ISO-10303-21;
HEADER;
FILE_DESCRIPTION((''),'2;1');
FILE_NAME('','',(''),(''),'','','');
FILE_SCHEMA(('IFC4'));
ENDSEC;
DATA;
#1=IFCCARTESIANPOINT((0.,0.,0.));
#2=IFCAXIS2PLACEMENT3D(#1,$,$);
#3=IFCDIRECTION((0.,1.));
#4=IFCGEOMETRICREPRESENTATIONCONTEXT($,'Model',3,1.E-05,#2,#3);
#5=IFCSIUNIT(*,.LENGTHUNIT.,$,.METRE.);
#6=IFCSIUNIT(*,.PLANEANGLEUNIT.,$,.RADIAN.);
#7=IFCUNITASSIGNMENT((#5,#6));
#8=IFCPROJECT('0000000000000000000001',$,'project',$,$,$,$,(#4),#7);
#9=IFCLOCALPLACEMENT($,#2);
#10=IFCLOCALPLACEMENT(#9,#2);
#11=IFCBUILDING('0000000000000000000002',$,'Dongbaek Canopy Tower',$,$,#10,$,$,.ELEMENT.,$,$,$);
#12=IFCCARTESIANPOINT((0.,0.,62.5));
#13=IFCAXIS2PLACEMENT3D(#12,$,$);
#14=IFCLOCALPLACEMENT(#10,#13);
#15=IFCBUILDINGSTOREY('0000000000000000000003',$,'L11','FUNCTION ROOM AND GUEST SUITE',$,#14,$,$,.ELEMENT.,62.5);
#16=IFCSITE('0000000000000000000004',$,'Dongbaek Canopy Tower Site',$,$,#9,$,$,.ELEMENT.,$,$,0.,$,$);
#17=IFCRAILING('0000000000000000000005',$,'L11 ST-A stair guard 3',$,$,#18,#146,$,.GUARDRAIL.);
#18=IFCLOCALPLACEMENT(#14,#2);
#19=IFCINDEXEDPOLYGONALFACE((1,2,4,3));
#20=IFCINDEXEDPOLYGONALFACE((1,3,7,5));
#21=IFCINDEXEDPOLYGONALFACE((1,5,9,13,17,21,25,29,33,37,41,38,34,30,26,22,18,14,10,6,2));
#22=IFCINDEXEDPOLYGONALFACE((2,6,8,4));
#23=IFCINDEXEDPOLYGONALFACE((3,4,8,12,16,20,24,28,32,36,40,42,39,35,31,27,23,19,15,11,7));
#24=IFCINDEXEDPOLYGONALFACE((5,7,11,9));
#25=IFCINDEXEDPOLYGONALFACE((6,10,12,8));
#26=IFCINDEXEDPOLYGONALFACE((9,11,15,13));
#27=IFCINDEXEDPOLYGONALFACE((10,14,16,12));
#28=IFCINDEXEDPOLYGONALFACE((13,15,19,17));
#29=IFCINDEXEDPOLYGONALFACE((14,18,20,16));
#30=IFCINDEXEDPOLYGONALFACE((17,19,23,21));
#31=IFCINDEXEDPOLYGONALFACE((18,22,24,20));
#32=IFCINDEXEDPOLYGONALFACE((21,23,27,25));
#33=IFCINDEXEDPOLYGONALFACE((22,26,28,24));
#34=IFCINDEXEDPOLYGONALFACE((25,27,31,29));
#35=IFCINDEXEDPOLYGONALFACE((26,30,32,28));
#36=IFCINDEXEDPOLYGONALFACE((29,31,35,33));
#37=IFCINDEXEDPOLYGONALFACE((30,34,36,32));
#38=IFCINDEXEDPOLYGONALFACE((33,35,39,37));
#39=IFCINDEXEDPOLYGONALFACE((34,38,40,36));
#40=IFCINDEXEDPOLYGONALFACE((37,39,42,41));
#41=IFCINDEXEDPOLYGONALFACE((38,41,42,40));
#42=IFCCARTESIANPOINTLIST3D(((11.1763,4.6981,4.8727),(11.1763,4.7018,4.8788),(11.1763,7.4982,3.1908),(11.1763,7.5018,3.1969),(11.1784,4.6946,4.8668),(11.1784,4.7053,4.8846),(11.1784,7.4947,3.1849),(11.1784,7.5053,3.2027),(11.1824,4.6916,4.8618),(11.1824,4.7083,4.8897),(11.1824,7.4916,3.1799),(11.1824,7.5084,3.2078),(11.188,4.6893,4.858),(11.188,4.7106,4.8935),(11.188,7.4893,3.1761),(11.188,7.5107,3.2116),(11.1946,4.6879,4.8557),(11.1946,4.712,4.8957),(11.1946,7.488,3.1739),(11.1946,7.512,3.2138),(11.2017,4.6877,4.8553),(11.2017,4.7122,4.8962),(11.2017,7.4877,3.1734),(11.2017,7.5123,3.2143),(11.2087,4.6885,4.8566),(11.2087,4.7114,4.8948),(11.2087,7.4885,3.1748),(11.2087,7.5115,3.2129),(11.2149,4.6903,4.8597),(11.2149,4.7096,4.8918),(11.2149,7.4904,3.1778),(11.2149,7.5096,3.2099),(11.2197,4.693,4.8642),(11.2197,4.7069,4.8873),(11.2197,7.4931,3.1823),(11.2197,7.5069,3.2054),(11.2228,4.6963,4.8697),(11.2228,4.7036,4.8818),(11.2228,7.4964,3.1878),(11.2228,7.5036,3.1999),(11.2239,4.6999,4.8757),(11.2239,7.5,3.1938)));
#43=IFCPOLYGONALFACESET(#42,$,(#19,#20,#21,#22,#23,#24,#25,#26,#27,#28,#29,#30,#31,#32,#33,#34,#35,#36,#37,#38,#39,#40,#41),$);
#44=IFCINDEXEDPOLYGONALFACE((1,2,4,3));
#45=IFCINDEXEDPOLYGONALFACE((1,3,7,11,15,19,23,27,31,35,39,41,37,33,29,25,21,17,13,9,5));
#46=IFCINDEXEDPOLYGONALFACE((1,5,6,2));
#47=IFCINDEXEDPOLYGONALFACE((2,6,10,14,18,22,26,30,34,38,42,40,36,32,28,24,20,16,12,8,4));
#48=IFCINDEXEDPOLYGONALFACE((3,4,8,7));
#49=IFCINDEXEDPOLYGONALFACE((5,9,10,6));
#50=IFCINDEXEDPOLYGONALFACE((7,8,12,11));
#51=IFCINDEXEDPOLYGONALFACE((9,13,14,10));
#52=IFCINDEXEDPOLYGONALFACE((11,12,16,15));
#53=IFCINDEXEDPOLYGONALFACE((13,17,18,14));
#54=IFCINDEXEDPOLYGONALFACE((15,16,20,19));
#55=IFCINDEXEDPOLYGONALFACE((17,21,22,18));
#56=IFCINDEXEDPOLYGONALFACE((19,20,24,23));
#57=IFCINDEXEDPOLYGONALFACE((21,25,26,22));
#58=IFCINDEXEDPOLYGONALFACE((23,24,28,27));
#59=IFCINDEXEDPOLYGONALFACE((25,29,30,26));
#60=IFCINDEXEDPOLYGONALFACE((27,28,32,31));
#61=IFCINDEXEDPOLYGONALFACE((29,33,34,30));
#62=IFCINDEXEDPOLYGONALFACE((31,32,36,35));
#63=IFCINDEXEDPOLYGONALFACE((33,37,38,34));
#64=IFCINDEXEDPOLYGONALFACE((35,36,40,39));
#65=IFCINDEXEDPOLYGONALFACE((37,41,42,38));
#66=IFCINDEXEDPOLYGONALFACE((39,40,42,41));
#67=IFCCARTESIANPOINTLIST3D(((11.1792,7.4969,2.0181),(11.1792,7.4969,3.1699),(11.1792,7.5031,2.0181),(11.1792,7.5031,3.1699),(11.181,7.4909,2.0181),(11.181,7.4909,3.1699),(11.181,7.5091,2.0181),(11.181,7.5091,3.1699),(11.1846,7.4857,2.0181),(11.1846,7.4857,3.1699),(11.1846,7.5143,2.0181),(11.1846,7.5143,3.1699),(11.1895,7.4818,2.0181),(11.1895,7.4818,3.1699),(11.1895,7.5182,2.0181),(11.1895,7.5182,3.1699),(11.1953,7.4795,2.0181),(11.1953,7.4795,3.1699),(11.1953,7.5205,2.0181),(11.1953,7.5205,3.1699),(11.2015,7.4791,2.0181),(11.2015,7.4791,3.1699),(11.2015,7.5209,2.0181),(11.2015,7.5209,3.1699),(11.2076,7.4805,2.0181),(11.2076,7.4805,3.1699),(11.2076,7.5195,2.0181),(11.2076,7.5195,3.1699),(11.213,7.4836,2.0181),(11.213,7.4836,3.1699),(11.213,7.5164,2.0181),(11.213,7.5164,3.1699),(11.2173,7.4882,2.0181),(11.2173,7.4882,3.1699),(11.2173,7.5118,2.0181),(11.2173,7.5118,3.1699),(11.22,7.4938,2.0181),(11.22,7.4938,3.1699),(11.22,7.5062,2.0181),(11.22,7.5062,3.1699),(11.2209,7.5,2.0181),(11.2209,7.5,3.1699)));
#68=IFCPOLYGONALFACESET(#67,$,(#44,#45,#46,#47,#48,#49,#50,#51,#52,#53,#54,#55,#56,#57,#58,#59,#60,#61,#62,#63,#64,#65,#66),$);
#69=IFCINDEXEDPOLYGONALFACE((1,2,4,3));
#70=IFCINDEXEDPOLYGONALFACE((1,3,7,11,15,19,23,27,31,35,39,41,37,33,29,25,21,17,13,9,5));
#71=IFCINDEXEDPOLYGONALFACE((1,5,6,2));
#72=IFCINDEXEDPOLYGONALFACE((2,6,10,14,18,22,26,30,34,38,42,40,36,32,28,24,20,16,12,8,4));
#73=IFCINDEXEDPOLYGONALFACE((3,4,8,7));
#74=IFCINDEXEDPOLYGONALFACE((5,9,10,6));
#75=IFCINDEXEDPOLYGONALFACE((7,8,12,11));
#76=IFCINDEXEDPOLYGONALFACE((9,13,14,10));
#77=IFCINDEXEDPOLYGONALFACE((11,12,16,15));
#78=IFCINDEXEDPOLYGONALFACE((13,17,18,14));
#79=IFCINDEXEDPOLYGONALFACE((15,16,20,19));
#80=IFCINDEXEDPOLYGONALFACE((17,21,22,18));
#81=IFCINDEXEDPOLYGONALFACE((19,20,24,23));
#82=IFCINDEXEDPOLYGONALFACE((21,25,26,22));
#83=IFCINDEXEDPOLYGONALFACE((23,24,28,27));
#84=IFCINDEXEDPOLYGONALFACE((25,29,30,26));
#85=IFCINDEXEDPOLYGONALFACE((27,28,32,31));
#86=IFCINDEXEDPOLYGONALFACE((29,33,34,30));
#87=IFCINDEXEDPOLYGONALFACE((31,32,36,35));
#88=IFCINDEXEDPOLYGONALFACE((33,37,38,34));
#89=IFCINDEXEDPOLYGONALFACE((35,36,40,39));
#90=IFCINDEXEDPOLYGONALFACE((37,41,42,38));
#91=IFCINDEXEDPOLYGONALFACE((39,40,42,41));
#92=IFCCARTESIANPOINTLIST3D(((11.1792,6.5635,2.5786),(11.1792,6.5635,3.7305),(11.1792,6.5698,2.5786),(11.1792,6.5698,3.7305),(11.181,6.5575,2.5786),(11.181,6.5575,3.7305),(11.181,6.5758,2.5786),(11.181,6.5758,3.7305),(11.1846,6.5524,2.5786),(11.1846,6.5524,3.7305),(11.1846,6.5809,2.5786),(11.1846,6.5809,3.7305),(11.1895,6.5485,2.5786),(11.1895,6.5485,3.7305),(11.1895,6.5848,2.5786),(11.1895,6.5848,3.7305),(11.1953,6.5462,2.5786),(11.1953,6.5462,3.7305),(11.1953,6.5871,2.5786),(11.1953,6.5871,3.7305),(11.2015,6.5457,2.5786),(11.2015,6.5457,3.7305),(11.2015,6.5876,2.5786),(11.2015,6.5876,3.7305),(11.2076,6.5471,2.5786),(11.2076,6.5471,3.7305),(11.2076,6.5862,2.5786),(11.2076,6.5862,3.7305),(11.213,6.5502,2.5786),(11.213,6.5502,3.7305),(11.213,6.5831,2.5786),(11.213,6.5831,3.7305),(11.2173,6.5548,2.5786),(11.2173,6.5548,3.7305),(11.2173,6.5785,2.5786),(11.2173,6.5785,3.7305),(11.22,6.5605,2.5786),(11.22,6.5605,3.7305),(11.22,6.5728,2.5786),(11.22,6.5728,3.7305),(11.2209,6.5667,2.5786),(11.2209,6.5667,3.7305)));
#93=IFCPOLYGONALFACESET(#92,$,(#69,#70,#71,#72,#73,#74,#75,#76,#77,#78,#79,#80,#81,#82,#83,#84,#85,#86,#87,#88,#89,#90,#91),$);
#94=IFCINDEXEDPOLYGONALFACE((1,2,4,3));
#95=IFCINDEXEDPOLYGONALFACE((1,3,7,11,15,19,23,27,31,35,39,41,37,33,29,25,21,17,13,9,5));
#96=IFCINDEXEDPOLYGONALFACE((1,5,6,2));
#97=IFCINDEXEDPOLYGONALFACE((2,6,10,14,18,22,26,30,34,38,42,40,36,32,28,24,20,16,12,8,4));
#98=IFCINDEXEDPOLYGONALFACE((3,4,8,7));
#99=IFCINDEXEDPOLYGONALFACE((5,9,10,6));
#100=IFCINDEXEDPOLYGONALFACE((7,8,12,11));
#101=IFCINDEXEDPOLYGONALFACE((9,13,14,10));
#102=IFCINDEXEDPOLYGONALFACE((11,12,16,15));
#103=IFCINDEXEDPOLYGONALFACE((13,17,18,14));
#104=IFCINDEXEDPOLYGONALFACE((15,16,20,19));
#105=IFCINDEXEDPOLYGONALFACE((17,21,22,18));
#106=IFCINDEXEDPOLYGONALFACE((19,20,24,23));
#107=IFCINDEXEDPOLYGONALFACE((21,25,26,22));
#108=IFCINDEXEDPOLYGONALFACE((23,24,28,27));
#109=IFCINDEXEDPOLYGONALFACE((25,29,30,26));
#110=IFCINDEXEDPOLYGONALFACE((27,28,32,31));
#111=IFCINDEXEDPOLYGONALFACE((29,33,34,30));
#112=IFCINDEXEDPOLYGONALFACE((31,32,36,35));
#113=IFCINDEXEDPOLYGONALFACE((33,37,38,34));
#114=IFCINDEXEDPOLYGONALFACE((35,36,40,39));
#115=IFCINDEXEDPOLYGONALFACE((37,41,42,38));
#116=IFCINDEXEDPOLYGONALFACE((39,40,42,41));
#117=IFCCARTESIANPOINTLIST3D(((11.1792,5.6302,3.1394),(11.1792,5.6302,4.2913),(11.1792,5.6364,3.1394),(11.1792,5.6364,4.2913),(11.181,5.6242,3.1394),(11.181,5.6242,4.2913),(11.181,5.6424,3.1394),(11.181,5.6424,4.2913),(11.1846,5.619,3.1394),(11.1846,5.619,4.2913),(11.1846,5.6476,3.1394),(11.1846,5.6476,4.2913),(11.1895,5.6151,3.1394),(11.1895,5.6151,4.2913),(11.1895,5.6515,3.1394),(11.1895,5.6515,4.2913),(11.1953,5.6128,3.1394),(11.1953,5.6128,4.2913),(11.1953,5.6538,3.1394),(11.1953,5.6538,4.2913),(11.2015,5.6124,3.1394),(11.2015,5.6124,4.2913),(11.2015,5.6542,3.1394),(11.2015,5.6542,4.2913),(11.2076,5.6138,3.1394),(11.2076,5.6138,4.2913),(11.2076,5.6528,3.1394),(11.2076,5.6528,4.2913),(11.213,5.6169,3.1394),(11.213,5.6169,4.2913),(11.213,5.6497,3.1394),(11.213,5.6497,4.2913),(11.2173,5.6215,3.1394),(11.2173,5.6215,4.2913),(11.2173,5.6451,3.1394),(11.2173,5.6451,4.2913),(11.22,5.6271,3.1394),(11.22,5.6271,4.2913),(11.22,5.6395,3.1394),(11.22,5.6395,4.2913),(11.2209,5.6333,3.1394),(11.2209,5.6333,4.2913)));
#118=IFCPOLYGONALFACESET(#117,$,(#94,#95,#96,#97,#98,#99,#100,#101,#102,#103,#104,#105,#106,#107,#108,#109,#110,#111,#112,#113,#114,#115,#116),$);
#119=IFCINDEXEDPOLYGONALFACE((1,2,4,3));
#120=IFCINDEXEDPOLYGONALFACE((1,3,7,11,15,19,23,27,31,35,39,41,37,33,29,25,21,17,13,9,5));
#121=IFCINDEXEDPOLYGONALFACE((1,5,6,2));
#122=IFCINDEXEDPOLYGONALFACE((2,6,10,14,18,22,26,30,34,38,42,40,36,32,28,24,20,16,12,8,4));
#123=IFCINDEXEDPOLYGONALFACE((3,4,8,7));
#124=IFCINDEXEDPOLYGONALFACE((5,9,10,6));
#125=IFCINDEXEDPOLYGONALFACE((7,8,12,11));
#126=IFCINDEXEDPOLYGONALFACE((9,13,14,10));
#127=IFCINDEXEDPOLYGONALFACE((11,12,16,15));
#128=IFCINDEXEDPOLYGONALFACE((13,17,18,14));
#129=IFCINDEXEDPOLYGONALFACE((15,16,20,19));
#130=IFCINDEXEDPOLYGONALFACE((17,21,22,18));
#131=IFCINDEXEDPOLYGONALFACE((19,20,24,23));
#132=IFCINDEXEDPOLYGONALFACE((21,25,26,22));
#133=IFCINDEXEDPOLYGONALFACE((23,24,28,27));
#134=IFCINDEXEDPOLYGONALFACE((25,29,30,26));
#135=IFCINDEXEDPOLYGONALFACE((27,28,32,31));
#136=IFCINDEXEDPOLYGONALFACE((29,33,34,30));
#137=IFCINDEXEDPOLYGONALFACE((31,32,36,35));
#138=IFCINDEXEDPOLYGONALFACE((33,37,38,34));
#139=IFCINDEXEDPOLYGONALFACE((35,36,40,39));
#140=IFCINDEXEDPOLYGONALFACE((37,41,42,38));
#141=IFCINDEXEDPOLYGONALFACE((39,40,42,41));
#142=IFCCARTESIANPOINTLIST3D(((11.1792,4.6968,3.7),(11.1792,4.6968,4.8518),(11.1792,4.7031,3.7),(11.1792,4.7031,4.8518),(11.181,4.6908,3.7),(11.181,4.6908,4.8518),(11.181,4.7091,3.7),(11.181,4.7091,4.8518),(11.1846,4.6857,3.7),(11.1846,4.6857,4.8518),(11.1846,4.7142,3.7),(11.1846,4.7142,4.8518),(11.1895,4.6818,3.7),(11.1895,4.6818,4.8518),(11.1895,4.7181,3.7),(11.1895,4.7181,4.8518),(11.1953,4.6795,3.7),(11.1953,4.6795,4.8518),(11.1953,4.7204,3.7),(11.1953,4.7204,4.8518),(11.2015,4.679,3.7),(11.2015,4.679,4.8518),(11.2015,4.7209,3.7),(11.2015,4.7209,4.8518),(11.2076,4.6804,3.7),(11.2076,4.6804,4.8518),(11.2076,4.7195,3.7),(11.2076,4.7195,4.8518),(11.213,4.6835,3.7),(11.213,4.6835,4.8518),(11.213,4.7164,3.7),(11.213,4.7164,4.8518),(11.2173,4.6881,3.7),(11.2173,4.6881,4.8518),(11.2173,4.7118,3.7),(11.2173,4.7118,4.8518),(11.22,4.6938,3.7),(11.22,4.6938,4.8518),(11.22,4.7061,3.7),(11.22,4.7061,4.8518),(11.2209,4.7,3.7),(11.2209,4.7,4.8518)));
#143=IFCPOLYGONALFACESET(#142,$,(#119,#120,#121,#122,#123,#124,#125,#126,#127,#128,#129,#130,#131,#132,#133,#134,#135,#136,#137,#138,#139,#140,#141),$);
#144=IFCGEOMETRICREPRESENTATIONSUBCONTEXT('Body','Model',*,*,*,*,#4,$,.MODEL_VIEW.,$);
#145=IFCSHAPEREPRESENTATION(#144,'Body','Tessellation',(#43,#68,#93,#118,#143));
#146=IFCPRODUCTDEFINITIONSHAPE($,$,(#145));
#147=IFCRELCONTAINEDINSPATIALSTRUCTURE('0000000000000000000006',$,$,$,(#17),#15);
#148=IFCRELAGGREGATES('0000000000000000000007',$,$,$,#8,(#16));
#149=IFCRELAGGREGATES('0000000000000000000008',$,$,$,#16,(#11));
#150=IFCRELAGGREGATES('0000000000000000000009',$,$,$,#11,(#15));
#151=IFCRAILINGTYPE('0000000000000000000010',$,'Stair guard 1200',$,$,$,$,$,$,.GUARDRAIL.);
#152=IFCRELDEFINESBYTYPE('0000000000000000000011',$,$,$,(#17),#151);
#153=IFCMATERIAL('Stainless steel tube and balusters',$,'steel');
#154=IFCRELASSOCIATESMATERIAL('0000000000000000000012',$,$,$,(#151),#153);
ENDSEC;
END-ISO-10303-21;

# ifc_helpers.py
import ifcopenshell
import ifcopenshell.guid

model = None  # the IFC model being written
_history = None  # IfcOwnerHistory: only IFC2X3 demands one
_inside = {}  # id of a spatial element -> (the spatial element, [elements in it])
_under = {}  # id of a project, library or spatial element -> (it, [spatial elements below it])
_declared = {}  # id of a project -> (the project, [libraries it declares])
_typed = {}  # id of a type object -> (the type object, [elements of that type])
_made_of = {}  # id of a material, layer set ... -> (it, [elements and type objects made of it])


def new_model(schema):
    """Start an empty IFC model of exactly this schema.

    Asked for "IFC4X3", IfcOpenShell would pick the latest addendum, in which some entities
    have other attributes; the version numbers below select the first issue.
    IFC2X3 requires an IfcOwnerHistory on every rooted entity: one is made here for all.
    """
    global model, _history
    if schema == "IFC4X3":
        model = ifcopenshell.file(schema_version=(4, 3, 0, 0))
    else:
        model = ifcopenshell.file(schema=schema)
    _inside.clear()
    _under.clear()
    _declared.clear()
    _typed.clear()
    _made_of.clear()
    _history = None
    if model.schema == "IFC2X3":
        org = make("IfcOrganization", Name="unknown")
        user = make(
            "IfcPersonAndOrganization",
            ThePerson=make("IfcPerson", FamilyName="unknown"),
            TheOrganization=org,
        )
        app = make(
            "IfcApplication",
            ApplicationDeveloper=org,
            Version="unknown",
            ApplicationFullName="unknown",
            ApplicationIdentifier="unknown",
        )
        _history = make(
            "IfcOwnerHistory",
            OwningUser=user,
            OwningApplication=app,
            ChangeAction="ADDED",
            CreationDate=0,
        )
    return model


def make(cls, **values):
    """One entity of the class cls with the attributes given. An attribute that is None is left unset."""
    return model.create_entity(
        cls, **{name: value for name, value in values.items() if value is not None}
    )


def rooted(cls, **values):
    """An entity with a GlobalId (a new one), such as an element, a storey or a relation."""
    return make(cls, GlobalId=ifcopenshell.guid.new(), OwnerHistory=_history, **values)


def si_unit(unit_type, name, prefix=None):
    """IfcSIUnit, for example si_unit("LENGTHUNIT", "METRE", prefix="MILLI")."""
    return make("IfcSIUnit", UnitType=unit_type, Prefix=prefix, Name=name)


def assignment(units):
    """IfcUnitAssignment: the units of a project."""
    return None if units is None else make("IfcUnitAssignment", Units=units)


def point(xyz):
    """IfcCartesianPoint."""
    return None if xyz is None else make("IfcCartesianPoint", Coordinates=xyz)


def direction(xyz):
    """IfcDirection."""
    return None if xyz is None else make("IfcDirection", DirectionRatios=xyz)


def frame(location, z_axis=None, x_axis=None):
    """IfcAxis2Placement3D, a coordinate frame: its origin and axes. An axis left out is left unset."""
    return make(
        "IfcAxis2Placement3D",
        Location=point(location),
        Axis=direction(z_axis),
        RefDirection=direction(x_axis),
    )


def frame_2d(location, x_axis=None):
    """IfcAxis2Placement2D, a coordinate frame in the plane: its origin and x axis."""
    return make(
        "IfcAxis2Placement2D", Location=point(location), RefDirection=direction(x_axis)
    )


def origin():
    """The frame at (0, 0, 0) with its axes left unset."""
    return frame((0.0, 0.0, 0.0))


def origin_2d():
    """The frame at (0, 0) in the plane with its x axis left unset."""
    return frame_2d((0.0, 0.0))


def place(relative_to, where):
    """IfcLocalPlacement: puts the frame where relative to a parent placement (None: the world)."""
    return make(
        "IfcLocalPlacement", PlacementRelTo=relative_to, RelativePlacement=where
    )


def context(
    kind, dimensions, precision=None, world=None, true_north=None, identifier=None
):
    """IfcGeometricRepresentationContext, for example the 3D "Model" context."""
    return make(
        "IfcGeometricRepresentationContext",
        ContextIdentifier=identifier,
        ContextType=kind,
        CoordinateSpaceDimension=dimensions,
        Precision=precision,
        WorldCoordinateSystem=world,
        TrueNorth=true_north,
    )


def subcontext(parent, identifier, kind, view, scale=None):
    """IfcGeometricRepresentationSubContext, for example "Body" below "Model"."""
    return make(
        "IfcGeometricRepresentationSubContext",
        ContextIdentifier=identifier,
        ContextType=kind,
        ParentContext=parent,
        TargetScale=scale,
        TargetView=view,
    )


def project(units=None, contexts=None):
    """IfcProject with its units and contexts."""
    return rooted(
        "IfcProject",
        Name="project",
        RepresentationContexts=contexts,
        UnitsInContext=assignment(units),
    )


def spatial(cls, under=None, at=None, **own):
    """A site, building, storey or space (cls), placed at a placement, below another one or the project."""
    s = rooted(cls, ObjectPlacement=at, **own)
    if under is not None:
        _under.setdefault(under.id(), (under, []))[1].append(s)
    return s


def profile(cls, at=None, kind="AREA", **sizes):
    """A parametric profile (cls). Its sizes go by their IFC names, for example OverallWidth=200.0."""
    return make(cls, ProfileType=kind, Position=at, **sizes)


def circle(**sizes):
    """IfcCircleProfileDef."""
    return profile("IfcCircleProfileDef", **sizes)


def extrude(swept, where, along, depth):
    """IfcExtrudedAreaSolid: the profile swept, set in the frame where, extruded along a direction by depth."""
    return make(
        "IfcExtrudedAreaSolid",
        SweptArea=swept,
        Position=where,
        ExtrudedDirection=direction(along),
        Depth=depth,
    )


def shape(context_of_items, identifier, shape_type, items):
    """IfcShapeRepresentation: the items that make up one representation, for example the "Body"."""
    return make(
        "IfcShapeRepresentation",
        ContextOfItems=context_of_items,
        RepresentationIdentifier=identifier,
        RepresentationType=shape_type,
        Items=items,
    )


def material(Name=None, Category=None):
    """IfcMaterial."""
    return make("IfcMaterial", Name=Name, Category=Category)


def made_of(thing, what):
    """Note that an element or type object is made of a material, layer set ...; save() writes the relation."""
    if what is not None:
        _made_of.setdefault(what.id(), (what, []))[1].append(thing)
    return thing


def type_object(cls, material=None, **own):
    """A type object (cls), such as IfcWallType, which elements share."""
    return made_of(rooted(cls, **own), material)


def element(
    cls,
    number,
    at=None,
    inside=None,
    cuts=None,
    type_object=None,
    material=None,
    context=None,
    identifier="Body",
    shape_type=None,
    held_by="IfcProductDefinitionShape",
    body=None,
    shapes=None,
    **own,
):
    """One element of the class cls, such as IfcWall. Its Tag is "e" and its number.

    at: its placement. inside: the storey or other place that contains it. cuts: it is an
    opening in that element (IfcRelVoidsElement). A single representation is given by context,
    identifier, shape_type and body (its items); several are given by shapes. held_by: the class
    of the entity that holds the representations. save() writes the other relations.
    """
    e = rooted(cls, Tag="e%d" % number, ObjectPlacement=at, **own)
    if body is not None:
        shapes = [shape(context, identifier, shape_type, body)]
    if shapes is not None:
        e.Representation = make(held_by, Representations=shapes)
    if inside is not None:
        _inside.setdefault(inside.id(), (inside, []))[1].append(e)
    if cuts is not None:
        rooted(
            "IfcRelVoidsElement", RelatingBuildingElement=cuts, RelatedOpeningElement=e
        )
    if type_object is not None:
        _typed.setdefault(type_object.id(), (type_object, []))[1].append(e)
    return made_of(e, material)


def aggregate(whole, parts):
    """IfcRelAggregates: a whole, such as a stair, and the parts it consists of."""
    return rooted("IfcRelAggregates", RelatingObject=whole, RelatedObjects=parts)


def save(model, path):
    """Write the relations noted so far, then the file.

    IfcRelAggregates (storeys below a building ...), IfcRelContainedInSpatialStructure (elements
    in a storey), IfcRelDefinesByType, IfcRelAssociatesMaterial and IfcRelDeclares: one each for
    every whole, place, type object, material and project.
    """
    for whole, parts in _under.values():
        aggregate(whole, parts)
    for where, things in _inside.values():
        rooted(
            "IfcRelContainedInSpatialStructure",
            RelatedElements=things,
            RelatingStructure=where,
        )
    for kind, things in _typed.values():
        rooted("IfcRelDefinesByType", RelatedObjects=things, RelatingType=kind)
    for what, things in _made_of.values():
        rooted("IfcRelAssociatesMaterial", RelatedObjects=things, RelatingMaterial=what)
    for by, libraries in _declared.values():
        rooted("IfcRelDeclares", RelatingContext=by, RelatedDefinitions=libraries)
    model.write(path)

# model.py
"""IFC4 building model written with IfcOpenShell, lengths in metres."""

from ifc_helpers import new_model, si_unit, direction, frame, origin, origin_2d, place, context, subcontext, project, spatial, circle, extrude, material, type_object, element, save


model = new_model("IFC4")

# Units and contexts
model_context = context("Model", 3, precision=1e-05, world=origin(), true_north=direction((0.0, 1.0)))
body_context = subcontext(model_context, "Body", "Model", "MODEL_VIEW")
ifc_project = project(units=[si_unit("LENGTHUNIT", "METRE"), si_unit("PLANEANGLEUNIT", "RADIAN")], contexts=[model_context])

# Site, building, storey
site_placement = place(None, origin())
site = spatial("IfcSite", under=ifc_project, at=site_placement, Name="Dongbaek Canopy Tower Site", CompositionType="ELEMENT", RefElevation=0.0)
building_placement = place(site_placement, origin())
building = spatial("IfcBuilding", under=site, at=building_placement, Name="Dongbaek Canopy Tower", CompositionType="ELEMENT")
storey_placement = place(building_placement, frame((0.0, 0.0, 62.5)))
storey = spatial("IfcBuildingStorey", under=building, at=storey_placement, Name="L11", Description="FUNCTION ROOM AND GUEST SUITE", CompositionType="ELEMENT", Elevation=62.5)

# Railing
ifc_material_1 = material(Name="Stainless steel tube and balusters", Category="steel")
railing_type_1 = type_object("IfcRailingType", Name="Stair guard 1200", PredefinedType="GUARDRAIL", material=ifc_material_1)
railing_1_placement = place(storey_placement, frame((11.2, 7.5, 2.0181)))
element("IfcRailing", 1, at=railing_1_placement, inside=storey, type_object=railing_type_1, Name="L11 ST-A stair guard 3", PredefinedType="GUARDRAIL", context=body_context, shape_type="SweptSolid", body=[
    extrude(circle(Radius=0.0239, at=origin_2d()), frame((0.0, 0.0, 1.1758), z_axis=(0.0, -0.857242, 0.514913), x_axis=(1.0, 0.0, 0.0)), (0.0, 0.0, 1.0), 3.2664),
    extrude(circle(Radius=0.021, at=origin_2d()), origin(), (0.0, 0.0, 1.0), 1.1519),
    extrude(circle(Radius=0.021, at=origin_2d()), frame((0.0, -0.9333, 0.5605)), (0.0, 0.0, 1.0), 1.1519),
    extrude(circle(Radius=0.021, at=origin_2d()), frame((0.0, -1.8667, 1.1213)), (0.0, 0.0, 1.0), 1.1519),
    extrude(circle(Radius=0.021, at=origin_2d()), frame((0.0, -2.8, 1.6819)), (0.0, 0.0, 1.0), 1.1519),
])

save(model, "model.ifc")
